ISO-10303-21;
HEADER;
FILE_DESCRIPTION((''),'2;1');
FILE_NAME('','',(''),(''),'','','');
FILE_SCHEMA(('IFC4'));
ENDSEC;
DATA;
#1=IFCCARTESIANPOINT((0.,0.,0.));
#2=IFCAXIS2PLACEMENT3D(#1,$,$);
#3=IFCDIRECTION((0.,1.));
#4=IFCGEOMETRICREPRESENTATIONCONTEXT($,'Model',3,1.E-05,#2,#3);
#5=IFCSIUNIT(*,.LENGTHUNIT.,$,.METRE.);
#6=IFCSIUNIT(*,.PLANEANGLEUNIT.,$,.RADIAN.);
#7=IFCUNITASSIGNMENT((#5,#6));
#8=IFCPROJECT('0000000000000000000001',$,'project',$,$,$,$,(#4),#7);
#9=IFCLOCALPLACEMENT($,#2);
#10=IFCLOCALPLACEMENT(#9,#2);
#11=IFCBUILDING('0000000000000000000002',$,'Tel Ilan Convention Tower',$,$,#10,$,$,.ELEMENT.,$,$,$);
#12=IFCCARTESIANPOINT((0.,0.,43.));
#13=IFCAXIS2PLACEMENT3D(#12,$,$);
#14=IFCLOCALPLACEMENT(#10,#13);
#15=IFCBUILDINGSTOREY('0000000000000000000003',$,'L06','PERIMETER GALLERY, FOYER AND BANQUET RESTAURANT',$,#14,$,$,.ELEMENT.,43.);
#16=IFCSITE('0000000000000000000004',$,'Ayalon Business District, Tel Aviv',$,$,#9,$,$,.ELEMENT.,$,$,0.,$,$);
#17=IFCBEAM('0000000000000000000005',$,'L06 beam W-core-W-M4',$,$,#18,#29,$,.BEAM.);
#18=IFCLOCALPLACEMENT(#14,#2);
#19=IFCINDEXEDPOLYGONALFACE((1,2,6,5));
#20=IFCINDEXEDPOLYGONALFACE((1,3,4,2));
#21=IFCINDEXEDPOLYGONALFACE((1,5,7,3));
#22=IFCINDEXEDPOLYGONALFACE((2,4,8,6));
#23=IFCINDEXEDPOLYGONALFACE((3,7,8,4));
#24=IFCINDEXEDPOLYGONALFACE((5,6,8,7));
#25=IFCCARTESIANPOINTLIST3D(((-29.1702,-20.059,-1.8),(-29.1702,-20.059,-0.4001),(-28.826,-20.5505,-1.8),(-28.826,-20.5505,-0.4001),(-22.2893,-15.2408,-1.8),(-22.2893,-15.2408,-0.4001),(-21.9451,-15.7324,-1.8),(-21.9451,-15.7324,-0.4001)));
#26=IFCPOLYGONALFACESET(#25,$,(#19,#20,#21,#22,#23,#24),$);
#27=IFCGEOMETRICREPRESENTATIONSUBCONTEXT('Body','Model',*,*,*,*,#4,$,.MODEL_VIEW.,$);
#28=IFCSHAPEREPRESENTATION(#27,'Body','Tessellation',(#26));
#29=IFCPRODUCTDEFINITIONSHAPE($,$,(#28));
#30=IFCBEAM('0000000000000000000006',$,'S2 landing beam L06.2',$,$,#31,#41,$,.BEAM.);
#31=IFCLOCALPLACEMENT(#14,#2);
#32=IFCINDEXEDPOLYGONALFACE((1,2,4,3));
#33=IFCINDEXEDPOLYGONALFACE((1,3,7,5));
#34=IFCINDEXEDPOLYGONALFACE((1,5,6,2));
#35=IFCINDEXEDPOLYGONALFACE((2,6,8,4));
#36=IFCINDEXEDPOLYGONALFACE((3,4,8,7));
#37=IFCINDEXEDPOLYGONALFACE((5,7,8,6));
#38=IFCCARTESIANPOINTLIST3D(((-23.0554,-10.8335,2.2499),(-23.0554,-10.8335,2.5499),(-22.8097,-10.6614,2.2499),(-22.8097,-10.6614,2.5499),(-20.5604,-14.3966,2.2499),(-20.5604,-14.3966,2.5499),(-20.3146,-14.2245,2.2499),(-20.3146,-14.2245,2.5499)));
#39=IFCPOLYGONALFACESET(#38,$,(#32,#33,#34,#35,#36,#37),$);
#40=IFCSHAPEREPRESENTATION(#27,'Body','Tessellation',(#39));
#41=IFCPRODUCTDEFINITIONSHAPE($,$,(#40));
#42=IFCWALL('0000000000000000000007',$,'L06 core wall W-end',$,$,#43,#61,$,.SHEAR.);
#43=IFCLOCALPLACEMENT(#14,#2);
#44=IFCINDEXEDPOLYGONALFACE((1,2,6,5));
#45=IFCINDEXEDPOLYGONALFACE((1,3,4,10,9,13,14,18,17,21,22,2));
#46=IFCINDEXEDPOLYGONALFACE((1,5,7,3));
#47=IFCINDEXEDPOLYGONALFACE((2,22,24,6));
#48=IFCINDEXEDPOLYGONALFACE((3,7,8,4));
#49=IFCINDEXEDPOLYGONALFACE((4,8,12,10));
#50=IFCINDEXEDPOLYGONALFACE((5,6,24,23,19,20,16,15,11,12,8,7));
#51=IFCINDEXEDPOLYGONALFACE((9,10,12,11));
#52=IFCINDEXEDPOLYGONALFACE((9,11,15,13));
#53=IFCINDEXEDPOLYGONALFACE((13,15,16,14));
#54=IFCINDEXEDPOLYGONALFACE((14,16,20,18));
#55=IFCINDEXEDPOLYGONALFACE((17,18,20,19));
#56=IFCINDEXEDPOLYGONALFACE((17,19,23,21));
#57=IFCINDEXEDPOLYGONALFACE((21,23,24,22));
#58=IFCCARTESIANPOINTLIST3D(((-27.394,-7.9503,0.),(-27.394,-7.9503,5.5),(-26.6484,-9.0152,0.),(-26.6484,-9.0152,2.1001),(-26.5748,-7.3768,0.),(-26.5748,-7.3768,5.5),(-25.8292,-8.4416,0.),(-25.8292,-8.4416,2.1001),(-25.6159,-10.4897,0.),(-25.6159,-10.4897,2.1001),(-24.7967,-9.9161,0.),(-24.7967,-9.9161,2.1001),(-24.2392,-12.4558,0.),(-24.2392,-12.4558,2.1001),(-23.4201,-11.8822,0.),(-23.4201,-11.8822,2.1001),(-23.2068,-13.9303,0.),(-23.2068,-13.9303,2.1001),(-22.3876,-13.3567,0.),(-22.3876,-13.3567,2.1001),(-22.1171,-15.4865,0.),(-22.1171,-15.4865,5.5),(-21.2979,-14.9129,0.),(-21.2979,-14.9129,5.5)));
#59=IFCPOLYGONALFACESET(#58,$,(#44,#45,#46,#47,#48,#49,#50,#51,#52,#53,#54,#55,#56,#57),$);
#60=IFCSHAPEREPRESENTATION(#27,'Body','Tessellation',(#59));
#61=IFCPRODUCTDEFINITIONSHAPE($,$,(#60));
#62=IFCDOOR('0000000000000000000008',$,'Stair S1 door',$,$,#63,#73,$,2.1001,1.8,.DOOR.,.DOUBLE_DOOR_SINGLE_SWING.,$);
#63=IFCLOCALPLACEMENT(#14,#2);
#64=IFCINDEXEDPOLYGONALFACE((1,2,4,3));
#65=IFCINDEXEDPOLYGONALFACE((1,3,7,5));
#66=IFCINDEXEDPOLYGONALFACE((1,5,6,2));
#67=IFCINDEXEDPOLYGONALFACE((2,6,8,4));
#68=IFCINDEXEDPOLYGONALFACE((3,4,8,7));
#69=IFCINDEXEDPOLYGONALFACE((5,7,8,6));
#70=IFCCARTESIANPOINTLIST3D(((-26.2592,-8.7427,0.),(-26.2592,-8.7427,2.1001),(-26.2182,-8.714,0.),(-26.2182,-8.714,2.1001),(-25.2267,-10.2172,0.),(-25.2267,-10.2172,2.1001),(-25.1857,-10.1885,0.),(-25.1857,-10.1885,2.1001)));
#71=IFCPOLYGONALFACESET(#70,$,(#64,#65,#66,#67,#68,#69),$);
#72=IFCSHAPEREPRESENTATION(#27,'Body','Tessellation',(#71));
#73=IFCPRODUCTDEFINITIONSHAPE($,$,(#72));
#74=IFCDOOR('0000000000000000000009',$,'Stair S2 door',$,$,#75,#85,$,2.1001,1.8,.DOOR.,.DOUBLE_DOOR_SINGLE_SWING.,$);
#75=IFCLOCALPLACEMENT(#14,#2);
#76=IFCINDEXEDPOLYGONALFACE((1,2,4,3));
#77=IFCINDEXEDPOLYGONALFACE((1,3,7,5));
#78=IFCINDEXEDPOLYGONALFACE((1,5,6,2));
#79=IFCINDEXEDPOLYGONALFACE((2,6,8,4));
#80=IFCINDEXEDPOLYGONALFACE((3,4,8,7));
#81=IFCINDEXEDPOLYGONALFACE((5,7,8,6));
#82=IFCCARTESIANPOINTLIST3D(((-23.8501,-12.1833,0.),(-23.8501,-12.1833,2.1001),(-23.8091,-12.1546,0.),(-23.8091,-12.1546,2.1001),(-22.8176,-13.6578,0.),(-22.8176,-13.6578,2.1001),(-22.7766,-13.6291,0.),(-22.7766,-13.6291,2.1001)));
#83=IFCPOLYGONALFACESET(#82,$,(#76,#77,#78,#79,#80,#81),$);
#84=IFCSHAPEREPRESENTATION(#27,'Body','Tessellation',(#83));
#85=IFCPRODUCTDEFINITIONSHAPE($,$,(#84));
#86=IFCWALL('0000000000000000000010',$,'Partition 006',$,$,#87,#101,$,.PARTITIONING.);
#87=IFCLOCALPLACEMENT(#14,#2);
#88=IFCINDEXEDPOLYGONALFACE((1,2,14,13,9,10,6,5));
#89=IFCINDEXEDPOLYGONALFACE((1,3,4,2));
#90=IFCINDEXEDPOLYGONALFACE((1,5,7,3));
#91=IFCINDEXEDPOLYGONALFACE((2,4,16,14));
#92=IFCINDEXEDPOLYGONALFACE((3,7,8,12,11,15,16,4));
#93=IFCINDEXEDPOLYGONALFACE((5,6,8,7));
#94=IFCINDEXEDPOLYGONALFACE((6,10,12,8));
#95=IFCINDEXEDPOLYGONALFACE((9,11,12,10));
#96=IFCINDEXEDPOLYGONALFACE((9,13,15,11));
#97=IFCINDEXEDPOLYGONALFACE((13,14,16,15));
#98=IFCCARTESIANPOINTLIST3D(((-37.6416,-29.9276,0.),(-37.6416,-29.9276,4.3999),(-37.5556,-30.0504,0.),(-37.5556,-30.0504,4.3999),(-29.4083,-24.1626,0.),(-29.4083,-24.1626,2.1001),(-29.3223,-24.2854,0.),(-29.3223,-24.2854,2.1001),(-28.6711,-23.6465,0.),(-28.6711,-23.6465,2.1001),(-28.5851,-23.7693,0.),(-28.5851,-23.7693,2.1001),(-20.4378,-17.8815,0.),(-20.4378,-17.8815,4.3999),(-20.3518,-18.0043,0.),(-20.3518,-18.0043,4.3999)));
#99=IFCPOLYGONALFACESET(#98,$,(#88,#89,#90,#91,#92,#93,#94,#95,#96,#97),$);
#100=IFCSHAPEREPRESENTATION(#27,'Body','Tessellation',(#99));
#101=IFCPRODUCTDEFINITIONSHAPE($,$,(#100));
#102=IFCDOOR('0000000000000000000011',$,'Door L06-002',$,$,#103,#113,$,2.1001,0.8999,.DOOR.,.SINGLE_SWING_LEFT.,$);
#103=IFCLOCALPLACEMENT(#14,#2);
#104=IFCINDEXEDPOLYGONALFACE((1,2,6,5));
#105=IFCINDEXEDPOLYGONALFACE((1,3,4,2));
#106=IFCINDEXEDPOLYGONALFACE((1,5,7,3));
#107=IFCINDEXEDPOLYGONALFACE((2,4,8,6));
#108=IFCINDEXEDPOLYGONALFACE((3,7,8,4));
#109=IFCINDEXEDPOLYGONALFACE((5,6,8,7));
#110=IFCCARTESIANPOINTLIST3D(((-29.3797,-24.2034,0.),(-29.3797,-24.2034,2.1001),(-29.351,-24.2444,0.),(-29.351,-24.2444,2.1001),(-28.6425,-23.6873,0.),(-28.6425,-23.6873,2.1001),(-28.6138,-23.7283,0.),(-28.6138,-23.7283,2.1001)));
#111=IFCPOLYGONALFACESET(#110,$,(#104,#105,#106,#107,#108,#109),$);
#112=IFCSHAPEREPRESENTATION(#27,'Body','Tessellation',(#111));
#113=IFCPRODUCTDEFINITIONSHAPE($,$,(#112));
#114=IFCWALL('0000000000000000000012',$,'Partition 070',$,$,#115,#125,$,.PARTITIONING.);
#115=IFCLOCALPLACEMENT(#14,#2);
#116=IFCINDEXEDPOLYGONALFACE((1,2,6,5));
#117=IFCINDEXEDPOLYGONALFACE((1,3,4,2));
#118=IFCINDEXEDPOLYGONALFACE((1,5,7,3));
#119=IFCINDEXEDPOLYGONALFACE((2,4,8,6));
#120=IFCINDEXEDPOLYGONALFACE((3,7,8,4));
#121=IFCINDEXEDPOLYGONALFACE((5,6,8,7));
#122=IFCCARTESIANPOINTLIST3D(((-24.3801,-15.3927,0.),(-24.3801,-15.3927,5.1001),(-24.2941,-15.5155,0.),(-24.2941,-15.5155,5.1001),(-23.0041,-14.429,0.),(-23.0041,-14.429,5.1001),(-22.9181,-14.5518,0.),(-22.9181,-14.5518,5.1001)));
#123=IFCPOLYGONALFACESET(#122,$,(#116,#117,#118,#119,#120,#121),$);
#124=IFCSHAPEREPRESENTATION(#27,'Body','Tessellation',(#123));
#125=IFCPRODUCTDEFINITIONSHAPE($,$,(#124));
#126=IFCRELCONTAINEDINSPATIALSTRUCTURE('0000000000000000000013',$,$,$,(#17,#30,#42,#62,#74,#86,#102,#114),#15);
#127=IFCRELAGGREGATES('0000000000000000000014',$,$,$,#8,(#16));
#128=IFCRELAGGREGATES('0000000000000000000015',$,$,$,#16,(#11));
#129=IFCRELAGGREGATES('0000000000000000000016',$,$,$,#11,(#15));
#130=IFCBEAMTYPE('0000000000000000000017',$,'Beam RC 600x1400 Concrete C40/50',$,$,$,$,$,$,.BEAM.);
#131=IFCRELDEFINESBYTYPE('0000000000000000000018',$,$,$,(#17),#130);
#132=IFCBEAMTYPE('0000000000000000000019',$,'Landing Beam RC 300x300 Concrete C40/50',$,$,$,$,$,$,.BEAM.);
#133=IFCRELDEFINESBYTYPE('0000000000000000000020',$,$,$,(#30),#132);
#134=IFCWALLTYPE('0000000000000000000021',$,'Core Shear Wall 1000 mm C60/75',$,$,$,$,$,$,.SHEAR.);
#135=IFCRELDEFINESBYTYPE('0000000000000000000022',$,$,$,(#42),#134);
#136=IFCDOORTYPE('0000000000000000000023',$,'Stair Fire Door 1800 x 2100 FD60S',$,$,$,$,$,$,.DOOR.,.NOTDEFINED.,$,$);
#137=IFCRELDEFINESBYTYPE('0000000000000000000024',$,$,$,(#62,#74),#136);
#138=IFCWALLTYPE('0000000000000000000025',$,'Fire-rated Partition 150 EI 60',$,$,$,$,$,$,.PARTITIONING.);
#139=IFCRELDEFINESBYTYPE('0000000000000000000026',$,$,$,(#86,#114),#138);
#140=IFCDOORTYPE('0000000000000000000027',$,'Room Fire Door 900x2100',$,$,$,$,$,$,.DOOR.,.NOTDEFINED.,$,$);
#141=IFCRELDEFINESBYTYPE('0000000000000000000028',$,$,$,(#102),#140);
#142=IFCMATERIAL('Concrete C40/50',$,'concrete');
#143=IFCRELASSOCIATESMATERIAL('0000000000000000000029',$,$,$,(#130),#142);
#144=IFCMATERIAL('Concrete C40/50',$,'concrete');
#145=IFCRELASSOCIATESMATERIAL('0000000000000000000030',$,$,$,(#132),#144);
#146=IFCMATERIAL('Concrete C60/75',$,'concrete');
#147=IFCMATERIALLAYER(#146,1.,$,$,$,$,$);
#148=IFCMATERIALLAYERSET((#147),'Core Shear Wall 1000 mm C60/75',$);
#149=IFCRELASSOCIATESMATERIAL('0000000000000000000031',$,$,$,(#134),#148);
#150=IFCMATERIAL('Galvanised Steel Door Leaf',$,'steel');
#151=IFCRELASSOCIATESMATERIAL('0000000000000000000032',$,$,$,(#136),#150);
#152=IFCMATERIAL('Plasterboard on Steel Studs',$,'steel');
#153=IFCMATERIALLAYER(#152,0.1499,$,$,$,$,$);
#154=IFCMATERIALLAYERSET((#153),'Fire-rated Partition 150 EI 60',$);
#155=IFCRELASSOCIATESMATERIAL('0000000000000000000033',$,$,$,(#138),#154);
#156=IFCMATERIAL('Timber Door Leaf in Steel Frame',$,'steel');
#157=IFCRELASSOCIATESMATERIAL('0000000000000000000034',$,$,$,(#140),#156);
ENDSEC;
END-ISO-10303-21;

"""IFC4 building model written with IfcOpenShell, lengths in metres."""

from ifc_helpers import new_model, si_unit, direction, frame, frame_2d, origin, origin_2d, place, context, subcontext, project, spatial, polyline, rectangle, outline, extrude, material, layer, layer_set, material_profile, profile_set, type_object, element, fill, save


model = new_model("IFC4")

# Units and contexts
model_context = context("Model", 3, precision=1e-05, world=origin(), true_north=direction((0.0, 1.0)))
body_context = subcontext(model_context, "Body", "Model", "MODEL_VIEW")
ifc_project = project(units=[si_unit("LENGTHUNIT", "METRE"), si_unit("PLANEANGLEUNIT", "RADIAN")], contexts=[model_context])

# Site, building, storey
site_placement = place(None, origin())
site = spatial("IfcSite", under=ifc_project, at=site_placement, Name="Ayalon Business District, Tel Aviv", CompositionType="ELEMENT", RefElevation=0.0)
building_placement = place(site_placement, origin())
building = spatial("IfcBuilding", under=site, at=building_placement, Name="Tel Ilan Convention Tower", CompositionType="ELEMENT")
storey_placement = place(building_placement, frame((0.0, 0.0, 43.0)))
storey = spatial("IfcBuildingStorey", under=building, at=storey_placement, Name="L06", Description="PERIMETER GALLERY, FOYER AND BANQUET RESTAURANT", CompositionType="ELEMENT", Elevation=43.0)

# Beams
ifc_material_1 = material(Name="Concrete C40/50", Category="concrete")
ifc_material_profile_1 = material_profile(ifc_material_1, rectangle(XDim=0.6001, YDim=1.3999, at=origin_2d()), Name="RC 600x1400")
ifc_profile_set_1 = profile_set([ifc_material_profile_1], Name="Concrete C40/50")
beam_type_1 = type_object("IfcBeamType", Name="Beam RC 600x1400 Concrete C40/50", PredefinedType="BEAM", material=ifc_profile_set_1)
beam_1_placement = place(storey_placement, frame((-22.1172, -15.4866, -1.1001), z_axis=(-0.819147, -0.573583, 0.0), x_axis=(0.573583, -0.819147, 0.0)))
element("IfcBeam", 1, at=beam_1_placement, inside=storey, type_object=beam_type_1, Name="L06 beam W-core-W-M4", PredefinedType="BEAM", context=body_context, shape_type="SweptSolid", body=[
    extrude(rectangle(XDim=0.6001, YDim=1.3999, at=origin_2d()), origin(), (0.0, 0.0, 1.0), 8.4001),
])
ifc_material_2 = material(Name="Concrete C40/50", Category="concrete")
ifc_material_profile_2 = material_profile(ifc_material_2, rectangle(XDim=0.3, YDim=0.3, at=origin_2d()), Name="RC 300x300")
ifc_profile_set_2 = profile_set([ifc_material_profile_2], Name="Concrete C40/50")
beam_type_2 = type_object("IfcBeamType", Name="Landing Beam RC 300x300 Concrete C40/50", PredefinedType="BEAM", material=ifc_profile_set_2)
beam_2_placement = place(storey_placement, frame((-20.4375, -14.3105, 2.3999), z_axis=(-0.573594, 0.81914, 0.0), x_axis=(-0.81914, -0.573594, 0.0)))
element("IfcBeam", 2, at=beam_2_placement, inside=storey, type_object=beam_type_2, Name="S2 landing beam L06.2", PredefinedType="BEAM", context=body_context, shape_type="SweptSolid", body=[
    extrude(rectangle(XDim=0.3, YDim=0.3, at=origin_2d()), origin(), (0.0, 0.0, 1.0), 4.3499),
])

# Wall, openings, doors
ifc_material_3 = material(Name="Concrete C60/75", Category="concrete")
ifc_layer_1 = layer(ifc_material_3, 1.0)
ifc_layer_set_1 = layer_set([ifc_layer_1], Name="Core Shear Wall 1000 mm C60/75")
wall_type_1 = type_object("IfcWallType", Name="Core Shear Wall 1000 mm C60/75", PredefinedType="SHEAR", material=ifc_layer_set_1)
wall_1_placement = place(storey_placement, frame((-21.7075, -15.1997, 0.0), z_axis=(0.0, 0.0, 1.0), x_axis=(-0.573576, 0.819152, 0.0)))
wall_1 = element("IfcWall", 3, at=wall_1_placement, inside=storey, type_object=wall_type_1, Name="L06 core wall W-end", PredefinedType="SHEAR", context=body_context, shape_type="SweptSolid", body=[
    extrude(outline(polyline([(0.0, 0.5), (0.0, -0.5), (9.2, -0.5), (9.2, 0.5), (0.0, 0.5)])), origin(), (0.0, 0.0, 1.0), 5.5),
])
opening_1_placement = place(wall_1_placement, frame((6.1001, 0.0, 0.0)))
opening_1 = element("IfcOpeningElement", 4, at=opening_1_placement, cuts=wall_1, PredefinedType="OPENING", context=body_context, shape_type="SweptSolid", body=[
    extrude(rectangle(XDim=1.8, YDim=2.1001, at=frame_2d((0.8999, 1.05))), frame((0.0, 0.51, 0.0), z_axis=(0.0, -1.0, 0.0), x_axis=(1.0, 0.0, 0.0)), (0.0, 0.0, 1.0), 1.02),
])
opening_2_placement = place(wall_1_placement, frame((1.8999, 0.0, 0.0)))
opening_2 = element("IfcOpeningElement", 5, at=opening_2_placement, cuts=wall_1, PredefinedType="OPENING", context=body_context, shape_type="SweptSolid", body=[
    extrude(rectangle(XDim=1.8, YDim=2.1001, at=frame_2d((0.8999, 1.05))), frame((0.0, 0.51, 0.0), z_axis=(0.0, -1.0, 0.0), x_axis=(1.0, 0.0, 0.0)), (0.0, 0.0, 1.0), 1.02),
])
ifc_material_4 = material(Name="Galvanised Steel Door Leaf", Category="steel")
door_type_1 = type_object("IfcDoorType", Name="Stair Fire Door 1800 x 2100 FD60S", OperationType="NOTDEFINED", PredefinedType="DOOR", material=ifc_material_4)
door_1_placement = place(opening_1_placement, origin())
door_1 = element("IfcDoor", 6, at=door_1_placement, inside=storey, type_object=door_type_1, Name="Stair S1 door", OperationType="DOUBLE_DOOR_SINGLE_SWING", OverallHeight=2.1001, OverallWidth=1.8, PredefinedType="DOOR", context=body_context, shape_type="SweptSolid", body=[
    extrude(rectangle(XDim=1.8, YDim=2.1001, at=frame_2d((0.8999, 1.05))), frame((0.0, 0.0249, 0.0), z_axis=(0.0, -1.0, 0.0), x_axis=(1.0, 0.0, 0.0)), (0.0, 0.0, 1.0), 0.05),
])
fill(opening_1, door_1)
door_2_placement = place(opening_2_placement, origin())
door_2 = element("IfcDoor", 7, at=door_2_placement, inside=storey, type_object=door_type_1, Name="Stair S2 door", OperationType="DOUBLE_DOOR_SINGLE_SWING", OverallHeight=2.1001, OverallWidth=1.8, PredefinedType="DOOR", context=body_context, shape_type="SweptSolid", body=[
    extrude(rectangle(XDim=1.8, YDim=2.1001, at=frame_2d((0.8999, 1.05))), frame((0.0, 0.0249, 0.0), z_axis=(0.0, -1.0, 0.0), x_axis=(1.0, 0.0, 0.0)), (0.0, 0.0, 1.0), 0.05),
])
fill(opening_2, door_2)

# Wall, opening, door
ifc_material_5 = material(Name="Plasterboard on Steel Studs", Category="steel")
ifc_layer_2 = layer(ifc_material_5, 0.1499)
ifc_layer_set_2 = layer_set([ifc_layer_2], Name="Fire-rated Partition 150 EI 60")
wall_type_2 = type_object("IfcWallType", Name="Fire-rated Partition 150 EI 60", PredefinedType="PARTITIONING", material=ifc_layer_set_2)
wall_2_placement = place(storey_placement, frame((-20.3948, -17.9429, 0.0), z_axis=(0.0, 0.0, 1.0), x_axis=(-0.819155, -0.573572, 0.0)))
wall_2 = element("IfcWall", 8, at=wall_2_placement, inside=storey, type_object=wall_type_2, Name="Partition 006", PredefinedType="PARTITIONING", context=body_context, shape_type="SweptSolid", body=[
    extrude(rectangle(XDim=21.002, YDim=0.1499, at=frame_2d((10.501, 0.0))), origin(), (0.0, 0.0, 1.0), 4.3999),
])
opening_3_placement = place(wall_2_placement, frame((10.051, 0.0, 0.0)))
opening_3 = element("IfcOpeningElement", 9, at=opening_3_placement, cuts=wall_2, PredefinedType="OPENING", context=body_context, shape_type="SweptSolid", body=[
    extrude(rectangle(XDim=0.8999, YDim=2.1001, at=frame_2d((0.45, 1.05))), frame((0.0, 0.085, 0.0), z_axis=(0.0, -1.0, 0.0), x_axis=(1.0, 0.0, 0.0)), (0.0, 0.0, 1.0), 0.1699),
])
ifc_material_6 = material(Name="Timber Door Leaf in Steel Frame", Category="steel")
door_type_2 = type_object("IfcDoorType", Name="Room Fire Door 900x2100", OperationType="NOTDEFINED", PredefinedType="DOOR", material=ifc_material_6)
door_3_placement = place(opening_3_placement, origin())
door_3 = element("IfcDoor", 10, at=door_3_placement, inside=storey, type_object=door_type_2, Name="Door L06-002", OperationType="SINGLE_SWING_LEFT", OverallHeight=2.1001, OverallWidth=0.8999, PredefinedType="DOOR", context=body_context, shape_type="SweptSolid", body=[
    extrude(rectangle(XDim=0.8999, YDim=2.1001, at=frame_2d((0.45, 1.05))), frame((0.0, 0.0249, 0.0), z_axis=(0.0, -1.0, 0.0), x_axis=(1.0, 0.0, 0.0)), (0.0, 0.0, 1.0), 0.05),
])
fill(opening_3, door_3)

# Wall
wall_3_placement = place(storey_placement, frame((-22.9612, -14.4905, 0.0), z_axis=(0.0, 0.0, 1.0), x_axis=(-0.819109, -0.573638, 0.0)))
element("IfcWall", 11, at=wall_3_placement, inside=storey, type_object=wall_type_2, Name="Partition 070", PredefinedType="PARTITIONING", context=body_context, shape_type="SweptSolid", body=[
    extrude(rectangle(XDim=1.6799, YDim=0.1499, at=frame_2d((0.8398, 0.0))), origin(), (0.0, 0.0, 1.0), 5.1001),
])

save(model, "model.ifc")
